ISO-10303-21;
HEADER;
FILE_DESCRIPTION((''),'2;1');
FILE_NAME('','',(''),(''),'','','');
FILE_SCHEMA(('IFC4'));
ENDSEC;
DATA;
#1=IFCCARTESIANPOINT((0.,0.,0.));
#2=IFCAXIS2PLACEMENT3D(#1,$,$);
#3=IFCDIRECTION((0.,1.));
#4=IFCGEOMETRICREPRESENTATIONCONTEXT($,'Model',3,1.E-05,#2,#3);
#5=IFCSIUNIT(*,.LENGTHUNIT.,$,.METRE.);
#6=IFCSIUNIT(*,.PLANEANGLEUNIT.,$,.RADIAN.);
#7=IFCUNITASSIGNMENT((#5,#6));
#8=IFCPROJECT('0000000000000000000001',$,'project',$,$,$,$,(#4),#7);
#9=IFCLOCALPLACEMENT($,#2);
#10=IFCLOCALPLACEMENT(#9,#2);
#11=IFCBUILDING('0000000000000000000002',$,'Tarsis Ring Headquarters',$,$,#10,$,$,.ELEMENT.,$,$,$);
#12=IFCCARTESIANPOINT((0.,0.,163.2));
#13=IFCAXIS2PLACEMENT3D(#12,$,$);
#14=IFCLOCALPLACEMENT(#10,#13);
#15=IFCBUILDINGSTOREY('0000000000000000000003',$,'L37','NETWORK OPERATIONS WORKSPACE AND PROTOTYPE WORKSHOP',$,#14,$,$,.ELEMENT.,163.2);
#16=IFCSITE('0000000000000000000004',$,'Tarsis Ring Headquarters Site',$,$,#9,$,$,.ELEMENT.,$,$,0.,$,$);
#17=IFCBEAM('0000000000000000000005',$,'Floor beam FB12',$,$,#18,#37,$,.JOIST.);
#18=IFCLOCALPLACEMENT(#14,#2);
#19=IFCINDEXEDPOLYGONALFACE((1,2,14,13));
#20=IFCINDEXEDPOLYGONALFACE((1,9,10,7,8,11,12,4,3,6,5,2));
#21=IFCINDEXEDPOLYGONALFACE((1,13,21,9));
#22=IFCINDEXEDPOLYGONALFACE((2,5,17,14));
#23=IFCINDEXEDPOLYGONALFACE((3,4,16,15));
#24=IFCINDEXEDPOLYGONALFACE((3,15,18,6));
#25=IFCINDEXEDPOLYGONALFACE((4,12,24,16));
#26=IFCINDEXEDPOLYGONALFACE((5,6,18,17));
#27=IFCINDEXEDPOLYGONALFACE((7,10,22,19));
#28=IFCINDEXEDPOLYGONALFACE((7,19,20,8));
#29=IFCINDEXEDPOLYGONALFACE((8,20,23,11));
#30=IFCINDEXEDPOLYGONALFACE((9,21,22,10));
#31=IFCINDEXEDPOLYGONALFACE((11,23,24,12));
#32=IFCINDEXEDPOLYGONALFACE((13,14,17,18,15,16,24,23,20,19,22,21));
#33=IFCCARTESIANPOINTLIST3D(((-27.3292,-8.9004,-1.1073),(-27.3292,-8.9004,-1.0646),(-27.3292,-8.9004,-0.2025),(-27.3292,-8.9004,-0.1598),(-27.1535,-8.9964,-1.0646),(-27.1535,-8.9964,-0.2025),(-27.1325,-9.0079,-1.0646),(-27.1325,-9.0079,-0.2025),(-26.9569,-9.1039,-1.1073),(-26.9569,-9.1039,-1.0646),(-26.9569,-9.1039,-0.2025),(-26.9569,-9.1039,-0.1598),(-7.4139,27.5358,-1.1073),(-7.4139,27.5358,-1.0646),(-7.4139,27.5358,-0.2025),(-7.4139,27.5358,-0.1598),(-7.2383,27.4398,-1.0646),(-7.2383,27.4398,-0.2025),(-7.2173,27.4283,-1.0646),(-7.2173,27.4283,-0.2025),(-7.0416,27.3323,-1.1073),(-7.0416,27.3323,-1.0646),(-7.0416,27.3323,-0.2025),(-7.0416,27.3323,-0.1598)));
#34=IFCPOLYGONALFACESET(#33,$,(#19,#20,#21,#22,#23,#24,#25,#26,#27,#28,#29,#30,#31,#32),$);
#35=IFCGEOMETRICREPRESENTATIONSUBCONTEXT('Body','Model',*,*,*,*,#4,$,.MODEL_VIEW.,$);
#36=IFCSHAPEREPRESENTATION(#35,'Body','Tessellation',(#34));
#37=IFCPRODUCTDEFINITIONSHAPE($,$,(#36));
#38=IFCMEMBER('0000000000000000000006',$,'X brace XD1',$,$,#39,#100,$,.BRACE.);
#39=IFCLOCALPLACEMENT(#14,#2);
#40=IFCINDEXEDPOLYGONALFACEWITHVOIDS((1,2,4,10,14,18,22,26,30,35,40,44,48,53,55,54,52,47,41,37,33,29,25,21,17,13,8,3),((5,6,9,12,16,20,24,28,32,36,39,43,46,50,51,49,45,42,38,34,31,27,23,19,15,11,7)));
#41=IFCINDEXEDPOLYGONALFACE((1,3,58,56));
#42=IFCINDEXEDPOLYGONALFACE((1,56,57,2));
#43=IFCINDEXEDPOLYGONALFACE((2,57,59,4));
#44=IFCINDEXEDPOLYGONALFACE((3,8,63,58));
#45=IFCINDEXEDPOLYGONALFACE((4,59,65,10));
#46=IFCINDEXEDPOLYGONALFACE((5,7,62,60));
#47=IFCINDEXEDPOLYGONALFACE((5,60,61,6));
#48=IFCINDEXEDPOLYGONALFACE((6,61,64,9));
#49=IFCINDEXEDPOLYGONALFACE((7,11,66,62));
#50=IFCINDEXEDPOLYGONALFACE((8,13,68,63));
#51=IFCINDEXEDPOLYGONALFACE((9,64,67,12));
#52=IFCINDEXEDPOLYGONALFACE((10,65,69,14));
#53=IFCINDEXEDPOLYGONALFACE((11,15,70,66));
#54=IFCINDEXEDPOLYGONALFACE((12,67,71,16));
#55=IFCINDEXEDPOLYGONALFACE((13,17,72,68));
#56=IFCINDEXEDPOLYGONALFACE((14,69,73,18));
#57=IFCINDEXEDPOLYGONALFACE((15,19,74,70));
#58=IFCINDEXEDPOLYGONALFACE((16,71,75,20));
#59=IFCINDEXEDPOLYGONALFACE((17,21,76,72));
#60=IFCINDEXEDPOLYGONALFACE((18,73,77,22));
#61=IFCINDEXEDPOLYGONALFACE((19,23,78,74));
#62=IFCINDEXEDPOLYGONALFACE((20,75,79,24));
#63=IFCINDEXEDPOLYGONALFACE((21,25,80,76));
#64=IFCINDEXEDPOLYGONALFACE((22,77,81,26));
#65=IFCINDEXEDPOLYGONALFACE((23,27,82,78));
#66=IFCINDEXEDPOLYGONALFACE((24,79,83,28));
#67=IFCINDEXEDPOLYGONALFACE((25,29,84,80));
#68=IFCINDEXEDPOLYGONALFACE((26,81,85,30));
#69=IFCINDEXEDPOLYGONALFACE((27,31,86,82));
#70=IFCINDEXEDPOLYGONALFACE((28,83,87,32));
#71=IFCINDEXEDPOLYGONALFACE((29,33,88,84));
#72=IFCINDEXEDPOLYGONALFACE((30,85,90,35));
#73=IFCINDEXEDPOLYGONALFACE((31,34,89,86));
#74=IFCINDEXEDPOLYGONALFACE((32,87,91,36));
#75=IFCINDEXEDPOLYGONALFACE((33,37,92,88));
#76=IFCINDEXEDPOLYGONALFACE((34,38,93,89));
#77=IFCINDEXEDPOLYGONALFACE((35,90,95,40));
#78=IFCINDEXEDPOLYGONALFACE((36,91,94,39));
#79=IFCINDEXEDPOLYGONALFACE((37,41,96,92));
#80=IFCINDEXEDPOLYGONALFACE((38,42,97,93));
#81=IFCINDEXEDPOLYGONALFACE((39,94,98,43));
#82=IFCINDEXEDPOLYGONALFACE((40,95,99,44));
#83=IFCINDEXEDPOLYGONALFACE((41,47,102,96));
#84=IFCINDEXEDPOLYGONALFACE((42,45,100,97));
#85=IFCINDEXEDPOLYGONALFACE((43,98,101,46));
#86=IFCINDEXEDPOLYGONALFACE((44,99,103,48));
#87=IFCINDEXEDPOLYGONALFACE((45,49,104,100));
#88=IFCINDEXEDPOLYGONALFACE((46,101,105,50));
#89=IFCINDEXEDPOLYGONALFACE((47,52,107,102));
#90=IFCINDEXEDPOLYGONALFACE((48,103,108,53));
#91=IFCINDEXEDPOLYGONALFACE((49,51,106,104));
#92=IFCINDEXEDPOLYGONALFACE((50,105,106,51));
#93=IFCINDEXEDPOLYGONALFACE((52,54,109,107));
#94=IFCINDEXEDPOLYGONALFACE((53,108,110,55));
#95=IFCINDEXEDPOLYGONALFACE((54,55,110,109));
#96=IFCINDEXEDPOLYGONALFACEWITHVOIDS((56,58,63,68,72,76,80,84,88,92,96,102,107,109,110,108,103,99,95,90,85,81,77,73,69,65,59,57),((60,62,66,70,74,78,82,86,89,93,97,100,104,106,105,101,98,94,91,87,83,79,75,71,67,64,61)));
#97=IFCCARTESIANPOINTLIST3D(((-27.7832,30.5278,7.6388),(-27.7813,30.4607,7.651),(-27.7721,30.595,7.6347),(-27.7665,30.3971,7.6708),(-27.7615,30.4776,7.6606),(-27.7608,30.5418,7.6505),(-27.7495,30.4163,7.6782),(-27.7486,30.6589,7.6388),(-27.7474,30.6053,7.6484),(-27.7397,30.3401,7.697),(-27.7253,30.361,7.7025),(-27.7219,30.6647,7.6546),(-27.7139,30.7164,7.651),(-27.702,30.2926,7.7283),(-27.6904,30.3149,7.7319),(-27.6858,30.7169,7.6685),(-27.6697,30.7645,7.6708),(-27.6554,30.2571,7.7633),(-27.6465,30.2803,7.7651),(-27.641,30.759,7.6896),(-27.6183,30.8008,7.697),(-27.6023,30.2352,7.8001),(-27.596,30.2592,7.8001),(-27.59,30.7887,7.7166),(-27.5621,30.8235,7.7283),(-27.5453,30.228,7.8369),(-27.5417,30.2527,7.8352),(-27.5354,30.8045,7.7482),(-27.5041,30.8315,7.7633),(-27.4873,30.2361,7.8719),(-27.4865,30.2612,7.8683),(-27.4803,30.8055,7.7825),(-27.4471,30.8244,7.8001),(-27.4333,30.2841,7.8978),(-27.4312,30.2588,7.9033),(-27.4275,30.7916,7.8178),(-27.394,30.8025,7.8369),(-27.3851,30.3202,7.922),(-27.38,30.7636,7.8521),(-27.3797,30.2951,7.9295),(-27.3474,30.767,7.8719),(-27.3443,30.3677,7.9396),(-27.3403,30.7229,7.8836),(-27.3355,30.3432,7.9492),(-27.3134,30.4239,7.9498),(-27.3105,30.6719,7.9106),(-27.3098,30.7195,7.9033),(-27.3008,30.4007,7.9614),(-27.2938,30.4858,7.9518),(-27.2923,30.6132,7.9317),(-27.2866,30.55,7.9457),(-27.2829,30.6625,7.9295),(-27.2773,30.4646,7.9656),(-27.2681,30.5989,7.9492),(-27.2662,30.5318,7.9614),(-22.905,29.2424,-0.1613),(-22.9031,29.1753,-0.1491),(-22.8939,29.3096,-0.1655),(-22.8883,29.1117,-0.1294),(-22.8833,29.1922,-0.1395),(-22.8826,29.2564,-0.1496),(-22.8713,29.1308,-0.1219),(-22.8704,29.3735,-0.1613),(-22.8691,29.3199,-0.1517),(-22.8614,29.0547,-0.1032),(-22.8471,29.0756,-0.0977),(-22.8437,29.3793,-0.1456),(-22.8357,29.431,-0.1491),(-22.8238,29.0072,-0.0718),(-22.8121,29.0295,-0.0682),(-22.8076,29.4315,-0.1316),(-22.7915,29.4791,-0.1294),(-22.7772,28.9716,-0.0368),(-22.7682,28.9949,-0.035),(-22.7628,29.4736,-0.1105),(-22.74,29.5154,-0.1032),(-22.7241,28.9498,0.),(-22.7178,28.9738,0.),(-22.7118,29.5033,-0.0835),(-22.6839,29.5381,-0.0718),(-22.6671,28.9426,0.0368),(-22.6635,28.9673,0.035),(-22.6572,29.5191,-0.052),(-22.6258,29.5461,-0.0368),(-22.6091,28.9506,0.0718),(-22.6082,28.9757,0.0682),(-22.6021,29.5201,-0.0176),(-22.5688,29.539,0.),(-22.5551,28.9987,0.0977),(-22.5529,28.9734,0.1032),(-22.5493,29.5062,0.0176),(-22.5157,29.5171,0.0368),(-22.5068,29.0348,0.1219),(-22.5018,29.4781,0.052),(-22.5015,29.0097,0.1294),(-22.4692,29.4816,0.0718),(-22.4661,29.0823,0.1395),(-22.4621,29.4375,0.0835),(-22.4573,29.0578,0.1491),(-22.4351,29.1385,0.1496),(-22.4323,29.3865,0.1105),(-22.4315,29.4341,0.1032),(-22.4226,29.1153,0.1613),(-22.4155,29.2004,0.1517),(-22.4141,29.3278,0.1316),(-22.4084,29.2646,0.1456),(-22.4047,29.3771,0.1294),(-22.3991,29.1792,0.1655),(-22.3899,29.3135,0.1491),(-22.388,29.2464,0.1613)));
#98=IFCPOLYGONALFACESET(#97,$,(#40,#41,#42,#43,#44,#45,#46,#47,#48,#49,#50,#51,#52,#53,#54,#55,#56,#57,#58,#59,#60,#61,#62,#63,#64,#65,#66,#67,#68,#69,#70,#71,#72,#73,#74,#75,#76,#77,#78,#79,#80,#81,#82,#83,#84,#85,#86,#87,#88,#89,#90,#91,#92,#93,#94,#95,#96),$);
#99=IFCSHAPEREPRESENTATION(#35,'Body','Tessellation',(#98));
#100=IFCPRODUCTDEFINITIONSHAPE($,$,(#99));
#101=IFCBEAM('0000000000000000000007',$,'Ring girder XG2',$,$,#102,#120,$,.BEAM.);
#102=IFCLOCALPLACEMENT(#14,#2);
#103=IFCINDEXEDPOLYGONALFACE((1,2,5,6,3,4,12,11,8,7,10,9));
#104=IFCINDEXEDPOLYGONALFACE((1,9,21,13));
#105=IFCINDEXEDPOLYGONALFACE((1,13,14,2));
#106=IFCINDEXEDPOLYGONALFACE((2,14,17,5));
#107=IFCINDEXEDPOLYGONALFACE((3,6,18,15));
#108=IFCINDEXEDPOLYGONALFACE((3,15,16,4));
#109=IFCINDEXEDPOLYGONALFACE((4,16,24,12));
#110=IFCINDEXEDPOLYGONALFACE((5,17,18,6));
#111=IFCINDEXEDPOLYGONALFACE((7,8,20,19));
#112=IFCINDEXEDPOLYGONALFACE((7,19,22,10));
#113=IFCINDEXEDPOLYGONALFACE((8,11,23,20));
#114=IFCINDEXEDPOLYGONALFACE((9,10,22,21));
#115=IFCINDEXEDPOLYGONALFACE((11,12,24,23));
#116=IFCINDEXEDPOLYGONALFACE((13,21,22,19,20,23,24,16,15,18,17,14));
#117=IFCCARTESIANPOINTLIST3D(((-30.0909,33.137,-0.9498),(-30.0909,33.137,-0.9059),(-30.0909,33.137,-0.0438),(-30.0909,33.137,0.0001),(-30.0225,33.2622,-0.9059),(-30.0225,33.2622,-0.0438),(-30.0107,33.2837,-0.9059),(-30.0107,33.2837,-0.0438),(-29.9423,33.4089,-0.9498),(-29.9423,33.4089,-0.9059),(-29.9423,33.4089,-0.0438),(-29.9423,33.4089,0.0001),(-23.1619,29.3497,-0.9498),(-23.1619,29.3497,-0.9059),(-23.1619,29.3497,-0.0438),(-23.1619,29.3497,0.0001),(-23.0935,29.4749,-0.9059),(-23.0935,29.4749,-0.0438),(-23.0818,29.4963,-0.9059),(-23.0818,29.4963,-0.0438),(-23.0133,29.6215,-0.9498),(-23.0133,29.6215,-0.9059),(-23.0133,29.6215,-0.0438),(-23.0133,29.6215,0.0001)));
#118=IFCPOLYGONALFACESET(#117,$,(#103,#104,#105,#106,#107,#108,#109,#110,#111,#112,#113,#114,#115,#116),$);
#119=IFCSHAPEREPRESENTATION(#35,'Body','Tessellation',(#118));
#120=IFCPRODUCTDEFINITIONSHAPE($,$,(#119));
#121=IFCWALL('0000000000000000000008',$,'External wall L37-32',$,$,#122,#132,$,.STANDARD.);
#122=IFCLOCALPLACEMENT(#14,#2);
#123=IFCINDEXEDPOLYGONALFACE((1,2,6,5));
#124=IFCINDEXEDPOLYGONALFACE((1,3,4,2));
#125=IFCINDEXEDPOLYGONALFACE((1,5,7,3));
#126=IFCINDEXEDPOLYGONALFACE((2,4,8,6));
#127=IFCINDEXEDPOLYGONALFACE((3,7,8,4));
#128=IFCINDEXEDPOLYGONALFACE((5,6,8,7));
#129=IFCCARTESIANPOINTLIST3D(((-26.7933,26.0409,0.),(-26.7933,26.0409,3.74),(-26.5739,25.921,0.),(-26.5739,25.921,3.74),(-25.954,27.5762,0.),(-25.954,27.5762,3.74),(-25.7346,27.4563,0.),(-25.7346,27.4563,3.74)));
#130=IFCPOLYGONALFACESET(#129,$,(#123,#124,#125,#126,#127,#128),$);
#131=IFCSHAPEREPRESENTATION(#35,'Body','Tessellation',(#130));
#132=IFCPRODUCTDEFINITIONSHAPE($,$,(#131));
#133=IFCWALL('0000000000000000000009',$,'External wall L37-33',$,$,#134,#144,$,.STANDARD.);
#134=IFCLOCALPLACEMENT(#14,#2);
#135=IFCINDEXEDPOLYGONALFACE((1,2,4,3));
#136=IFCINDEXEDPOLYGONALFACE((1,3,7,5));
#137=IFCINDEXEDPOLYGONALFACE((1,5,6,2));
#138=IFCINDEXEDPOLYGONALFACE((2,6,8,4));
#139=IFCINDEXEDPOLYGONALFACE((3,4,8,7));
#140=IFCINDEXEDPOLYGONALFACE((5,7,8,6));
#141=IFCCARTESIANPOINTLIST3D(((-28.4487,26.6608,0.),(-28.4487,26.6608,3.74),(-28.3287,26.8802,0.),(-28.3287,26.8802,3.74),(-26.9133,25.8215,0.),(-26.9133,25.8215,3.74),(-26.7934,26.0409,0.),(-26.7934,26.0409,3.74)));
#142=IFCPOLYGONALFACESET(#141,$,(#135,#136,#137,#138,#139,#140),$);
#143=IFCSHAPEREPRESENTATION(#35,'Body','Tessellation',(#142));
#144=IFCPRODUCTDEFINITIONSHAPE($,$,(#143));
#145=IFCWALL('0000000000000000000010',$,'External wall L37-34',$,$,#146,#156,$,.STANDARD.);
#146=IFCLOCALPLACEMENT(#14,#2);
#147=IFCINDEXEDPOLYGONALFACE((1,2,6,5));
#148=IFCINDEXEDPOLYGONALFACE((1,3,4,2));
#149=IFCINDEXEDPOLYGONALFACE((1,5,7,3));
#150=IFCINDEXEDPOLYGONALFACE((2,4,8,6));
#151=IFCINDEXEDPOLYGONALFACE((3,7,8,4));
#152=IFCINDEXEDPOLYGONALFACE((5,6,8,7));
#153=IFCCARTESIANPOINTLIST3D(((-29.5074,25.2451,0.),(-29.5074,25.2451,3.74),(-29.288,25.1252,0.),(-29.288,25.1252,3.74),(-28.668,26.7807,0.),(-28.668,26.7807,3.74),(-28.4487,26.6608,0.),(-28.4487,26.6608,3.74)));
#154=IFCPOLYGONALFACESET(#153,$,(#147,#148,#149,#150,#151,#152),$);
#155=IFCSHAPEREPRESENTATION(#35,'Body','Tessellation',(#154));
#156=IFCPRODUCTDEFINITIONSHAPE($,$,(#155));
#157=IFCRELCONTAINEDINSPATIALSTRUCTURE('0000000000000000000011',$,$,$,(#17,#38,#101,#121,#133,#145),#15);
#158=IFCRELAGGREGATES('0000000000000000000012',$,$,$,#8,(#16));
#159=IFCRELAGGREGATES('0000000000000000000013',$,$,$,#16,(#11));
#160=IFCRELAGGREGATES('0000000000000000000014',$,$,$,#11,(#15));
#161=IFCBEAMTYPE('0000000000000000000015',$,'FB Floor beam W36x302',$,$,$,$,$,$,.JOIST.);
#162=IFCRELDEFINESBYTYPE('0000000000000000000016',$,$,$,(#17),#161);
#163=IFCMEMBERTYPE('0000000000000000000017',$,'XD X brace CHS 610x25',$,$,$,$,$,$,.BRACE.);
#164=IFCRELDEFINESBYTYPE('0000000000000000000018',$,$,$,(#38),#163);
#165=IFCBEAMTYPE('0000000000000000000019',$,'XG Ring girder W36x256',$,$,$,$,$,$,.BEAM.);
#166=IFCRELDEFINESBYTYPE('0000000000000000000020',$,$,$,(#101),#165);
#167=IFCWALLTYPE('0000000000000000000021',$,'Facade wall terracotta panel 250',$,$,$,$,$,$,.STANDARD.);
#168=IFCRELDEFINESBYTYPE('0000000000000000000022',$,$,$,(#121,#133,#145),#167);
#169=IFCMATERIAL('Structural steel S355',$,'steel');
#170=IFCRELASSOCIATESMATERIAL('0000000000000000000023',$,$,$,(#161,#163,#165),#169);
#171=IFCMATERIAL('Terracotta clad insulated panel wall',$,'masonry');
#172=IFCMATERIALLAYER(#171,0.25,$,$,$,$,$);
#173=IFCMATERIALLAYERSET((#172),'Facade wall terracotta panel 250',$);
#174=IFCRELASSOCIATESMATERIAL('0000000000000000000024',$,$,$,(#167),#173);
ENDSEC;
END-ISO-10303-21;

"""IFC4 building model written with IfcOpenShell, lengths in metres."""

from ifc_helpers import new_model, si_unit, direction, frame, frame_2d, origin, origin_2d, place, context, subcontext, project, spatial, rectangle, hollow_circle, i_section, extrude, material, layer, layer_set, material_profile, profile_set, type_object, element, save


model = new_model("IFC4")

# Units and contexts
model_context = context("Model", 3, precision=1e-05, world=origin(), true_north=direction((0.0, 1.0)))
body_context = subcontext(model_context, "Body", "Model", "MODEL_VIEW")
ifc_project = project(units=[si_unit("LENGTHUNIT", "METRE"), si_unit("PLANEANGLEUNIT", "RADIAN")], contexts=[model_context])

# Site, building, storey
site_placement = place(None, origin())
site = spatial("IfcSite", under=ifc_project, at=site_placement, Name="Tarsis Ring Headquarters Site", CompositionType="ELEMENT", RefElevation=0.0)
building_placement = place(site_placement, origin())
building = spatial("IfcBuilding", under=site, at=building_placement, Name="Tarsis Ring Headquarters", CompositionType="ELEMENT")
storey_placement = place(building_placement, frame((0.0, 0.0, 163.2)))
storey = spatial("IfcBuildingStorey", under=building, at=storey_placement, Name="L37", Description="NETWORK OPERATIONS WORKSPACE AND PROTOTYPE WORKSHOP", CompositionType="ELEMENT", Elevation=163.2)

# Shared definitions
ifc_material_1 = material(Name="Structural steel S355", Category="steel")

# Beam
ifc_material_profile_1 = material_profile(ifc_material_1, i_section(OverallWidth=0.3098, OverallDepth=0.95, WebThickness=0.0244, FlangeThickness=0.0439, at=origin_2d()), Name="W36x256")
ifc_profile_set_1 = profile_set([ifc_material_profile_1], Name="Structural steel S355")
ifc_material_profile_2 = material_profile(ifc_material_1, i_section(OverallWidth=0.4243, OverallDepth=0.9475, WebThickness=0.0239, FlangeThickness=0.0427, at=origin_2d()), Name="W36x302")
ifc_profile_set_2 = profile_set([ifc_material_profile_2], Name="Structural steel S355")
beam_type_1 = type_object("IfcBeamType", Name="FB Floor beam W36x302", PredefinedType="JOIST", material=ifc_profile_set_2)
beam_1_placement = place(storey_placement, frame((-7.2278, 27.4341, -0.6335), z_axis=(-0.479612, -0.877481, 0.0), x_axis=(0.877481, -0.479612, 0.0)))
element("IfcBeam", 1, at=beam_1_placement, inside=storey, type_object=beam_type_1, Name="Floor beam FB12", PredefinedType="JOIST", context=body_context, shape_type="SweptSolid", body=[
    extrude(i_section(OverallWidth=0.4243, OverallDepth=0.9475, WebThickness=0.0239, FlangeThickness=0.0427, at=origin_2d()), origin(), (0.0, 0.0, 1.0), 41.5237),
])

# Member
ifc_material_profile_3 = material_profile(ifc_material_1, hollow_circle(Radius=0.3047, WallThickness=0.0249, at=origin_2d()), Name="CHS 610x25")
ifc_profile_set_3 = profile_set([ifc_material_profile_3], Name="Structural steel S355")
member_type = type_object("IfcMemberType", Name="XD X brace CHS 610x25", PredefinedType="BRACE", material=ifc_profile_set_3)
member_placement = place(storey_placement, frame((-22.6465, 29.2444, 0.0), z_axis=(-0.525144, 0.138376, 0.839688), x_axis=(-0.254803, -0.966993, 0.0)))
element("IfcMember", 2, at=member_placement, inside=storey, type_object=member_type, Name="X brace XD1", PredefinedType="BRACE", context=body_context, shape_type="SweptSolid", body=[
    extrude(hollow_circle(Radius=0.3047, WallThickness=0.0249, at=origin_2d()), origin(), (0.0, 0.0, 1.0), 9.2893),
])

# Beam
beam_type_2 = type_object("IfcBeamType", Name="XG Ring girder W36x256", PredefinedType="BEAM", material=ifc_profile_set_1)
beam_2_placement = place(storey_placement, frame((-23.0876, 29.4856, -0.4749), z_axis=(-0.877473, 0.479625, 0.0), x_axis=(-0.479625, -0.877473, 0.0)))
element("IfcBeam", 3, at=beam_2_placement, inside=storey, type_object=beam_type_2, Name="Ring girder XG2", PredefinedType="BEAM", context=body_context, shape_type="SweptSolid", body=[
    extrude(i_section(OverallWidth=0.3098, OverallDepth=0.95, WebThickness=0.0244, FlangeThickness=0.0439, at=origin_2d()), origin(), (0.0, 0.0, 1.0), 7.8965),
])

# Walls
ifc_material_2 = material(Name="Terracotta clad insulated panel wall", Category="masonry")
ifc_layer = layer(ifc_material_2, 0.25)
ifc_layer_set = layer_set([ifc_layer], Name="Facade wall terracotta panel 250")
wall_type = type_object("IfcWallType", Name="Facade wall terracotta panel 250", PredefinedType="STANDARD", material=ifc_layer_set)
for number, where, z_axis, x_axis, name in (
    (4, (-25.8442, 27.5164, 0.0), (0.0, 0.0, 1.0), (-0.479673, -0.877447, 0.0), "External wall L37-32"),
    (5, (-26.8533, 25.9312, 0.0), (0.0, 0.0, 1.0), (-0.877447, 0.479673, 0.0), "External wall L37-33"),
):
    element("IfcWall", number, at=place(storey_placement, frame(where, z_axis=z_axis, x_axis=x_axis)), inside=storey, type_object=wall_type, Name=name, PredefinedType="STANDARD", context=body_context, shape_type="SweptSolid", body=[
        extrude(rectangle(XDim=1.7498, YDim=0.25, at=frame_2d((0.875, 0.0))), origin(), (0.0, 0.0, 1.0), 3.74),
    ])
wall_placement = place(storey_placement, frame((-28.5583, 26.7207, 0.0), z_axis=(0.0, 0.0, 1.0), x_axis=(-0.479614, -0.877479, 0.0)))
element("IfcWall", 6, at=wall_placement, inside=storey, type_object=wall_type, Name="External wall L37-34", PredefinedType="STANDARD", context=body_context, shape_type="SweptSolid", body=[
    extrude(rectangle(XDim=1.75, YDim=0.25, at=frame_2d((0.875, 0.0))), origin(), (0.0, 0.0, 1.0), 3.74),
])

save(model, "model.ifc")
